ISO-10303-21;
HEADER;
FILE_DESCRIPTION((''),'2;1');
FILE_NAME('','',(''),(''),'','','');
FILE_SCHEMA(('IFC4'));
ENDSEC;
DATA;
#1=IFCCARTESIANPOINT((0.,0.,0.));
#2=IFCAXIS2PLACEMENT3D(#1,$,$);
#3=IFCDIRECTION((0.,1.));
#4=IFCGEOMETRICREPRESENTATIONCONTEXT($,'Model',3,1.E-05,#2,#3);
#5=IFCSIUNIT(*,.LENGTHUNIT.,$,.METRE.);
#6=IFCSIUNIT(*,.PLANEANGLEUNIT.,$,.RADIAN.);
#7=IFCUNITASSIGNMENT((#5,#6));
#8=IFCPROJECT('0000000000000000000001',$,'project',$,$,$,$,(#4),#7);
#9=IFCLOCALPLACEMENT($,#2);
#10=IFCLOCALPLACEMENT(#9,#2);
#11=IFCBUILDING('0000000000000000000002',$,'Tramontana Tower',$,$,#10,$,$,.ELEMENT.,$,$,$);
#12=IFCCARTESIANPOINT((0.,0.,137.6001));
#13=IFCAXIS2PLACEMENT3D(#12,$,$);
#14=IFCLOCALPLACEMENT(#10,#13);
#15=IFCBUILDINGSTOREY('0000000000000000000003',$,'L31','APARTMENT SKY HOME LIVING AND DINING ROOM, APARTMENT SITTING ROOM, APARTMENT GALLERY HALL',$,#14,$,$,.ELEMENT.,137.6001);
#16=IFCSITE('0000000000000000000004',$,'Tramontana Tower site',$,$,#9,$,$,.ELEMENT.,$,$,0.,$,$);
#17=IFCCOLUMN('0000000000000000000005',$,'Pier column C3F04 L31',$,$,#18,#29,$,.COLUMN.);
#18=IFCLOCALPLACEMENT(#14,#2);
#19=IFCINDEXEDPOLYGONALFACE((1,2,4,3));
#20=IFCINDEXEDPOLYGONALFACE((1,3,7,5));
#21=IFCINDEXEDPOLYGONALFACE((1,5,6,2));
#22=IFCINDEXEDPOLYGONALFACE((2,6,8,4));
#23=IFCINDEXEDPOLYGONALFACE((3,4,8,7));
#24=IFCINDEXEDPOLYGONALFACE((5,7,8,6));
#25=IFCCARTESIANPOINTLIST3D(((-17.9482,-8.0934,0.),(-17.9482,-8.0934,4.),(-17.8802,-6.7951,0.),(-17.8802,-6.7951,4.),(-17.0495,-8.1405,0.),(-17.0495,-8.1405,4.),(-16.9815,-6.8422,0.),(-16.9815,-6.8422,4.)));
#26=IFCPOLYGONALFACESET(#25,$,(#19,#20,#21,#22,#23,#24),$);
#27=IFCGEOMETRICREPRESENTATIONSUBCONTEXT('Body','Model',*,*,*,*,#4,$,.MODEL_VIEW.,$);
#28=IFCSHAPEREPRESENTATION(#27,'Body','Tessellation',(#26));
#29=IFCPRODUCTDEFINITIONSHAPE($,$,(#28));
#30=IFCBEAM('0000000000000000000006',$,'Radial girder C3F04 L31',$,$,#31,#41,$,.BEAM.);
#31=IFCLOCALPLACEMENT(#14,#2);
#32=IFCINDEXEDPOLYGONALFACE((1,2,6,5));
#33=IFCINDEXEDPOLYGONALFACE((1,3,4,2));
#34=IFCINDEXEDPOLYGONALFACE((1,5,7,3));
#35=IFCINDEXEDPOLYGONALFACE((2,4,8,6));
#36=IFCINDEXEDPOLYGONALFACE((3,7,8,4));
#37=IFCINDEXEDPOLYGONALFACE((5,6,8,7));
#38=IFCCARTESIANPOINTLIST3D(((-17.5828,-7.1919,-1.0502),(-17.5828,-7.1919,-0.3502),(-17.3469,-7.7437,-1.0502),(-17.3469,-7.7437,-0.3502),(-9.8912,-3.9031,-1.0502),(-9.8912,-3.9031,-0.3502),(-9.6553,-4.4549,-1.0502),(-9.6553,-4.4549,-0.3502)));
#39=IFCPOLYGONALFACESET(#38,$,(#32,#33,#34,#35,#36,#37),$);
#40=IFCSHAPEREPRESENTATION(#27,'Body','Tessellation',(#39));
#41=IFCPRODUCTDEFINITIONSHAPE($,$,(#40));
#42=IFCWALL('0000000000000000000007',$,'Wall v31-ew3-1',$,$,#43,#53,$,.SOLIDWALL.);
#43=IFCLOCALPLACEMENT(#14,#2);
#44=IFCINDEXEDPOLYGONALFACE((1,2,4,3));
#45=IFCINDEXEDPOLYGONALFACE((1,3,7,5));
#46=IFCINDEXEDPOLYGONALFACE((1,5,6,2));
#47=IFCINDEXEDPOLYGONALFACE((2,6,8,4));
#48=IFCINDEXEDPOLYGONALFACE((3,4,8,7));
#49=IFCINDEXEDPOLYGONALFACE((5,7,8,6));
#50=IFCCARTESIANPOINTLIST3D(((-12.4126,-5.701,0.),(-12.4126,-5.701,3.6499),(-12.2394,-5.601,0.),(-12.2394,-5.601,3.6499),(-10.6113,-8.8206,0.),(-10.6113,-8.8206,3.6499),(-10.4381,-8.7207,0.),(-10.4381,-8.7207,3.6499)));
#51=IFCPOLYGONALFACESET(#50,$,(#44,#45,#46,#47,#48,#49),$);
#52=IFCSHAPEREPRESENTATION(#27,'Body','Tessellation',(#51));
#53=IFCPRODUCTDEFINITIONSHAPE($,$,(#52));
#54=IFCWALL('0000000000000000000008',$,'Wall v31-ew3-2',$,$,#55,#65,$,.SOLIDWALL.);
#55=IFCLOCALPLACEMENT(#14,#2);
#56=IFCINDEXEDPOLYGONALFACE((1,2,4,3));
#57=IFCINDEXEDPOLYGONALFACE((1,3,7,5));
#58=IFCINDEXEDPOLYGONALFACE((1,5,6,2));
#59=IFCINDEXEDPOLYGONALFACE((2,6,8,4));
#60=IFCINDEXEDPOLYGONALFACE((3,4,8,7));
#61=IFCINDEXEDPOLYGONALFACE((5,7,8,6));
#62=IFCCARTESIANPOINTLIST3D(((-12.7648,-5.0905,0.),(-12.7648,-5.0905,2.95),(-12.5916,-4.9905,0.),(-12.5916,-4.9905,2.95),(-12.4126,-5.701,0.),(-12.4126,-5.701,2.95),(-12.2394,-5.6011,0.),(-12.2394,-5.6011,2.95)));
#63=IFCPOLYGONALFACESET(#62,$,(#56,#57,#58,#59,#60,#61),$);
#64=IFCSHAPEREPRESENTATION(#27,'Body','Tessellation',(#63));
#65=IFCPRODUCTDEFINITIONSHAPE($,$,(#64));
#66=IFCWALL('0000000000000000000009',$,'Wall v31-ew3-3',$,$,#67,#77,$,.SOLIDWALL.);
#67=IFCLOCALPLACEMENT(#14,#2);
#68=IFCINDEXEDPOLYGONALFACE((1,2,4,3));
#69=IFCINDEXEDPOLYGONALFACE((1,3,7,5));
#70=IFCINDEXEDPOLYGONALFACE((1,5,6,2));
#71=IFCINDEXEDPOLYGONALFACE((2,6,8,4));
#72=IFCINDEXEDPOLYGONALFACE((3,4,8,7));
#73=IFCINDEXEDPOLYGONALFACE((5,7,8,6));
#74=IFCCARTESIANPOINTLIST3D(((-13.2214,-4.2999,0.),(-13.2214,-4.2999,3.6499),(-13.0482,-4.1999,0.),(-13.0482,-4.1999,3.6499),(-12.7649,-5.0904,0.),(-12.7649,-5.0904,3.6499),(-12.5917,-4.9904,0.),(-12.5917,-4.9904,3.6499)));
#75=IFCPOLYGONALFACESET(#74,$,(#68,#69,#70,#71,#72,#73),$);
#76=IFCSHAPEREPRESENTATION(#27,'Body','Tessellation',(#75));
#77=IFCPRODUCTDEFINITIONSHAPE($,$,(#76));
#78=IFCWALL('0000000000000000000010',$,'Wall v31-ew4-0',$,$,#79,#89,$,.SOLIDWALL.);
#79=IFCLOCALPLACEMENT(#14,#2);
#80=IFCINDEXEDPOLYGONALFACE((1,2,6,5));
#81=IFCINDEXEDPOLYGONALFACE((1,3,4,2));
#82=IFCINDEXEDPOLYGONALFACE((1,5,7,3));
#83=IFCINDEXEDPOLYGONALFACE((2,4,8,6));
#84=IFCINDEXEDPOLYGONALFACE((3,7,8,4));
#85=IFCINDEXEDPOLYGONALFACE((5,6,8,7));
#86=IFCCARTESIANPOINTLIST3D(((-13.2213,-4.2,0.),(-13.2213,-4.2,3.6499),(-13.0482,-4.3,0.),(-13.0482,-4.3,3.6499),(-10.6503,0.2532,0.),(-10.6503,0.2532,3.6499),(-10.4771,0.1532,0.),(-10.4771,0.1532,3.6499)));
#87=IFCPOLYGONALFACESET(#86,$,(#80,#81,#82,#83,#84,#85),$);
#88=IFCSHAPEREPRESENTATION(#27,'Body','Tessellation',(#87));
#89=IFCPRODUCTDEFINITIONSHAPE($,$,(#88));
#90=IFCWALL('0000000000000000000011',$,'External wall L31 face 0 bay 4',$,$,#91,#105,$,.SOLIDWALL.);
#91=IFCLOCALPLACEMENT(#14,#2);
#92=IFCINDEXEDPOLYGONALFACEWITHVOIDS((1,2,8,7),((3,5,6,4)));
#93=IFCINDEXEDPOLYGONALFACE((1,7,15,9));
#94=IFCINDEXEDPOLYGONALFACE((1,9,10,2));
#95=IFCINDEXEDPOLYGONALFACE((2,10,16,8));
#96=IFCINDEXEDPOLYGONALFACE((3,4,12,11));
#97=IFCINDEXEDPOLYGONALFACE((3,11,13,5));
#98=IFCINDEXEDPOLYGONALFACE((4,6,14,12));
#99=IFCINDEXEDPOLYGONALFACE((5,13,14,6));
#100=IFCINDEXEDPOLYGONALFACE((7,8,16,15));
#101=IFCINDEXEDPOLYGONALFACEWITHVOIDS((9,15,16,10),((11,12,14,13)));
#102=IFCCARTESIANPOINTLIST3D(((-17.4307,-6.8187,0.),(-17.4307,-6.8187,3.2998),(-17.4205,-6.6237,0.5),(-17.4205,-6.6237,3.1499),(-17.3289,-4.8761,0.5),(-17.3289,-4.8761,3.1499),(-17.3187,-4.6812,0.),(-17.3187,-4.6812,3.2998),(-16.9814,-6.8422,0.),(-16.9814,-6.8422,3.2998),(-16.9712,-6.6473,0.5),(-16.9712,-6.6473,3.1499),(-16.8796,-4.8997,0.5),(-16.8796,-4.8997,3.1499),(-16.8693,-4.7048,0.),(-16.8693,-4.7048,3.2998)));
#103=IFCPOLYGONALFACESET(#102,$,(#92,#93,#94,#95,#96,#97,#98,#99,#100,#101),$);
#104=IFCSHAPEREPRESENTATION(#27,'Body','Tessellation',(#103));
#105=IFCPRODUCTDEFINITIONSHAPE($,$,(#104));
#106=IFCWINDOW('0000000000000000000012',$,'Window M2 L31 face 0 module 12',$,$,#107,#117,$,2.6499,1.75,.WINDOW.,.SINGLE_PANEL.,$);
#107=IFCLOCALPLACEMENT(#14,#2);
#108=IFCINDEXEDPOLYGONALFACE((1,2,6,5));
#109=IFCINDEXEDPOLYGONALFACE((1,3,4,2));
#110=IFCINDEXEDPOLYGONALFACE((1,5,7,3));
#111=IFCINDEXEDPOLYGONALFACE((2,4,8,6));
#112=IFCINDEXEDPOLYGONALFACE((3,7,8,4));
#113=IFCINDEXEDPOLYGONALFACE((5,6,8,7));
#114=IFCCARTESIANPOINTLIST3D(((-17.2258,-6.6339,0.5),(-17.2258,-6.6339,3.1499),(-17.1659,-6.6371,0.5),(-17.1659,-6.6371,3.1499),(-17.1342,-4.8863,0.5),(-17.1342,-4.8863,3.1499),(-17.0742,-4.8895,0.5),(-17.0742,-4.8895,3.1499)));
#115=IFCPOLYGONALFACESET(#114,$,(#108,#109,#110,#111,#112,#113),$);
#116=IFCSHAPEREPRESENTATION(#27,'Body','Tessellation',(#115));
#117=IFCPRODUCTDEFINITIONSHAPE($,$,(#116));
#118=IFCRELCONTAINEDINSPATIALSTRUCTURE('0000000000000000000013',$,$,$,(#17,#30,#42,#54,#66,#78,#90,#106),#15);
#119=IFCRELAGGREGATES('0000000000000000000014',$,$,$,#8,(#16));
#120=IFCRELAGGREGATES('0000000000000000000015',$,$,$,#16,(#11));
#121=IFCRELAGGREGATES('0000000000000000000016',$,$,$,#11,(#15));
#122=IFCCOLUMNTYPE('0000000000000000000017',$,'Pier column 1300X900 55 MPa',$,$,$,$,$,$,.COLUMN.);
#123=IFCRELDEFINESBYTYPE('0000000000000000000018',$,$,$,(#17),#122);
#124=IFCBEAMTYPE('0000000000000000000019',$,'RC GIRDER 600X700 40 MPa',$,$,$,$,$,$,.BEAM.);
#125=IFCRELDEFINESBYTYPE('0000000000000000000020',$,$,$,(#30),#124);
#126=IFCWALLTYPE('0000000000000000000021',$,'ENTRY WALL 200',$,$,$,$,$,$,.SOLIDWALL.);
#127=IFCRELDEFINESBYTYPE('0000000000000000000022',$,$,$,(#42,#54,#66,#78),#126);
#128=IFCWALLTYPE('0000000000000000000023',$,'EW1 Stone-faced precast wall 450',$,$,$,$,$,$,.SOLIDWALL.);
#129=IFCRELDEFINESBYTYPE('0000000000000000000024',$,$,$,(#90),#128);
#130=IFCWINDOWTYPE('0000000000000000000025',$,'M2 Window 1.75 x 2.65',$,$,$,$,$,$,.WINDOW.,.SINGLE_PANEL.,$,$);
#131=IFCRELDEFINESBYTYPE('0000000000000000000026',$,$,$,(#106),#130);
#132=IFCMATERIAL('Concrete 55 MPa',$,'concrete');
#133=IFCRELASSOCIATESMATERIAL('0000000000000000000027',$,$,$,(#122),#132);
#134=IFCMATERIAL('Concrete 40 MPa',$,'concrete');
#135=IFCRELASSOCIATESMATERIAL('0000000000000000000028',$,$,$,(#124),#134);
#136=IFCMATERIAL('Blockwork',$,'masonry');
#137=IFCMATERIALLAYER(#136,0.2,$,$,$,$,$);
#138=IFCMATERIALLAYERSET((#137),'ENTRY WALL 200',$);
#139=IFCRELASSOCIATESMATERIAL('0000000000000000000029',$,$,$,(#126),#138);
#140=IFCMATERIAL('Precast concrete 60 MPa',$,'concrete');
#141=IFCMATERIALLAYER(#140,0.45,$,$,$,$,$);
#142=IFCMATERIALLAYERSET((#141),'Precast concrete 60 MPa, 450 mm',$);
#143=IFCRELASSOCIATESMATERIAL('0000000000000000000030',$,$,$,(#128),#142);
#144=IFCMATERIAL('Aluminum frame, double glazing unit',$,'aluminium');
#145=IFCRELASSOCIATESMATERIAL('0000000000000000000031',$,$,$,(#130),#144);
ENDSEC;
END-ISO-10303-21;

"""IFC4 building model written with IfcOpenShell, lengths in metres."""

from ifc_helpers import new_model, si_unit, direction, frame, frame_2d, origin, origin_2d, place, context, subcontext, project, spatial, rectangle, extrude, material, layer, layer_set, material_profile, profile_set, type_object, element, fill, save


model = new_model("IFC4")

# Units and contexts
model_context = context("Model", 3, precision=1e-05, world=origin(), true_north=direction((0.0, 1.0)))
body_context = subcontext(model_context, "Body", "Model", "MODEL_VIEW")
ifc_project = project(units=[si_unit("LENGTHUNIT", "METRE"), si_unit("PLANEANGLEUNIT", "RADIAN")], contexts=[model_context])

# Site, building, storey
site_placement = place(None, origin())
site = spatial("IfcSite", under=ifc_project, at=site_placement, Name="Tramontana Tower site", CompositionType="ELEMENT", RefElevation=0.0)
building_placement = place(site_placement, origin())
building = spatial("IfcBuilding", under=site, at=building_placement, Name="Tramontana Tower", CompositionType="ELEMENT")
storey_placement = place(building_placement, frame((0.0, 0.0, 137.6001)))
storey = spatial("IfcBuildingStorey", under=building, at=storey_placement, Name="L31", Description="APARTMENT SKY HOME LIVING AND DINING ROOM, APARTMENT SITTING ROOM, APARTMENT GALLERY HALL", CompositionType="ELEMENT", Elevation=137.6001)

# Column
ifc_material_1 = material(Name="Concrete 55 MPa", Category="concrete")
ifc_material_profile_1 = material_profile(ifc_material_1, rectangle(XDim=1.3, YDim=0.8999, at=origin_2d()), Name="Pier column 1300X900 55 MPa")
ifc_profile_set_1 = profile_set([ifc_material_profile_1], Name="Concrete 55 MPa")
column_type = type_object("IfcColumnType", Name="Pier column 1300X900 55 MPa", PredefinedType="COLUMN", material=ifc_profile_set_1)
column_placement = place(storey_placement, frame((-17.4648, -7.4678, 0.0), z_axis=(0.0, 0.0, 1.0), x_axis=(-0.052336, -0.99863, 0.0)))
element("IfcColumn", 1, at=column_placement, inside=storey, type_object=column_type, Name="Pier column C3F04 L31", PredefinedType="COLUMN", context=body_context, shape_type="SweptSolid", body=[
    extrude(rectangle(XDim=1.3, YDim=0.8999, at=origin_2d()), origin(), (0.0, 0.0, 1.0), 4.0),
])

# Beam
ifc_material_2 = material(Name="Concrete 40 MPa", Category="concrete")
ifc_material_profile_2 = material_profile(ifc_material_2, rectangle(XDim=0.6001, YDim=0.7, at=origin_2d()), Name="RC GIRDER 600X700 40 MPa")
ifc_profile_set_2 = profile_set([ifc_material_profile_2], Name="Concrete 40 MPa")
beam_type = type_object("IfcBeamType", Name="RC GIRDER 600X700 40 MPa", PredefinedType="BEAM", material=ifc_profile_set_2)
beam_placement = place(storey_placement, frame((-17.4648, -7.4678, -0.7002), z_axis=(0.919474, 0.393151, 0.0), x_axis=(-0.393151, 0.919474, 0.0)))
element("IfcBeam", 2, at=beam_placement, inside=storey, type_object=beam_type, Name="Radial girder C3F04 L31", PredefinedType="BEAM", context=body_context, shape_type="SweptSolid", body=[
    extrude(rectangle(XDim=0.6001, YDim=0.7, at=origin_2d()), origin(), (0.0, 0.0, 1.0), 8.3652),
])

# Walls
ifc_material_3 = material(Name="Blockwork", Category="masonry")
ifc_layer_1 = layer(ifc_material_3, 0.2)
ifc_layer_set_1 = layer_set([ifc_layer_1], Name="ENTRY WALL 200")
wall_type_1 = type_object("IfcWallType", Name="ENTRY WALL 200", PredefinedType="SOLIDWALL", material=ifc_layer_set_1)
wall_1_placement = place(storey_placement, frame((-10.5247, -8.7708, 0.0), z_axis=(0.0, 0.0, 1.0), x_axis=(-0.500031, 0.866007, 0.0)))
element("IfcWall", 3, at=wall_1_placement, inside=storey, type_object=wall_type_1, Name="Wall v31-ew3-1", PredefinedType="SOLIDWALL", context=body_context, shape_type="SweptSolid", body=[
    extrude(rectangle(XDim=3.6023, YDim=0.2, at=frame_2d((1.8013, 0.0))), origin(), (0.0, 0.0, 1.0), 3.6499),
])
wall_2_placement = place(storey_placement, frame((-12.3259, -5.6511, 0.0), z_axis=(0.0, 0.0, 1.0), x_axis=(-0.499752, 0.866168, 0.0)))
element("IfcWall", 4, at=wall_2_placement, inside=storey, type_object=wall_type_1, Name="Wall v31-ew3-2", PredefinedType="SOLIDWALL", context=body_context, shape_type="SweptSolid", body=[
    extrude(rectangle(XDim=0.7048, YDim=0.2, at=frame_2d((0.3525, 0.0))), origin(), (0.0, 0.0, 1.0), 2.95),
])
wall_3_placement = place(storey_placement, frame((-12.6782, -5.0405, 0.0), z_axis=(0.0, 0.0, 1.0), x_axis=(-0.500108, 0.865963, 0.0)))
element("IfcWall", 5, at=wall_3_placement, inside=storey, type_object=wall_type_1, Name="Wall v31-ew3-3", PredefinedType="SOLIDWALL", context=body_context, shape_type="SweptSolid", body=[
    extrude(rectangle(XDim=0.9128, YDim=0.2, at=frame_2d((0.4565, 0.0))), origin(), (0.0, 0.0, 1.0), 3.6499),
])
wall_4_placement = place(storey_placement, frame((-13.1348, -4.25, 0.0), z_axis=(0.0, 0.0, 1.0), x_axis=(0.500005, 0.866023, 0.0)))
element("IfcWall", 6, at=wall_4_placement, inside=storey, type_object=wall_type_1, Name="Wall v31-ew4-0", PredefinedType="SOLIDWALL", context=body_context, shape_type="SweptSolid", body=[
    extrude(rectangle(XDim=5.1421, YDim=0.2, at=frame_2d((2.571, 0.0))), origin(), (0.0, 0.0, 1.0), 3.6499),
])

# Wall, opening, window
ifc_material_4 = material(Name="Precast concrete 60 MPa", Category="concrete")
ifc_layer_2 = layer(ifc_material_4, 0.45)
ifc_layer_set_2 = layer_set([ifc_layer_2], Name="Precast concrete 60 MPa, 450 mm")
wall_type_2 = type_object("IfcWallType", Name="EW1 Stone-faced precast wall 450", PredefinedType="SOLIDWALL", material=ifc_layer_set_2)
wall_5_placement = place(storey_placement, frame((-17.094, -4.6929, 0.0), z_axis=(0.0, 0.0, 1.0), x_axis=(-0.052355, -0.998629, 0.0)))
wall_5 = element("IfcWall", 7, at=wall_5_placement, inside=storey, type_object=wall_type_2, Name="External wall L31 face 0 bay 4", PredefinedType="SOLIDWALL", context=body_context, shape_type="SweptSolid", body=[
    extrude(rectangle(XDim=2.1404, YDim=0.45, at=frame_2d((1.0703, 0.0))), origin(), (0.0, 0.0, 1.0), 3.2998),
])
opening_1_placement = place(wall_5_placement, frame((0.1953, 0.0, 0.5)))
opening_1 = element("IfcOpeningElement", 8, at=opening_1_placement, cuts=wall_5, PredefinedType="OPENING", context=body_context, shape_type="SweptSolid", body=[
    extrude(rectangle(XDim=1.75, YDim=2.6499, at=frame_2d((0.875, 1.325))), frame((0.0, 0.2349, 0.0), z_axis=(0.0, -1.0, 0.0), x_axis=(1.0, 0.0, 0.0)), (0.0, 0.0, 1.0), 0.47),
])
ifc_material_5 = material(Name="Aluminum frame, double glazing unit", Category="aluminium")
window_type_1 = type_object("IfcWindowType", Name="M2 Window 1.75 x 2.65", PartitioningType="SINGLE_PANEL", PredefinedType="WINDOW", material=ifc_material_5)
window_1_placement = place(opening_1_placement, origin())
window_1 = element("IfcWindow", 9, at=window_1_placement, inside=storey, type_object=window_type_1, Name="Window M2 L31 face 0 module 12", OverallHeight=2.6499, OverallWidth=1.75, PartitioningType="SINGLE_PANEL", PredefinedType="WINDOW", context=body_context, shape_type="SweptSolid", body=[
    extrude(rectangle(XDim=1.75, YDim=2.6499, at=frame_2d((0.875, 1.325))), frame((0.0, 0.03, 0.0), z_axis=(0.0, -1.0, 0.0), x_axis=(1.0, 0.0, 0.0)), (0.0, 0.0, 1.0), 0.0601),
])
fill(opening_1, window_1)

save(model, "model.ifc")
